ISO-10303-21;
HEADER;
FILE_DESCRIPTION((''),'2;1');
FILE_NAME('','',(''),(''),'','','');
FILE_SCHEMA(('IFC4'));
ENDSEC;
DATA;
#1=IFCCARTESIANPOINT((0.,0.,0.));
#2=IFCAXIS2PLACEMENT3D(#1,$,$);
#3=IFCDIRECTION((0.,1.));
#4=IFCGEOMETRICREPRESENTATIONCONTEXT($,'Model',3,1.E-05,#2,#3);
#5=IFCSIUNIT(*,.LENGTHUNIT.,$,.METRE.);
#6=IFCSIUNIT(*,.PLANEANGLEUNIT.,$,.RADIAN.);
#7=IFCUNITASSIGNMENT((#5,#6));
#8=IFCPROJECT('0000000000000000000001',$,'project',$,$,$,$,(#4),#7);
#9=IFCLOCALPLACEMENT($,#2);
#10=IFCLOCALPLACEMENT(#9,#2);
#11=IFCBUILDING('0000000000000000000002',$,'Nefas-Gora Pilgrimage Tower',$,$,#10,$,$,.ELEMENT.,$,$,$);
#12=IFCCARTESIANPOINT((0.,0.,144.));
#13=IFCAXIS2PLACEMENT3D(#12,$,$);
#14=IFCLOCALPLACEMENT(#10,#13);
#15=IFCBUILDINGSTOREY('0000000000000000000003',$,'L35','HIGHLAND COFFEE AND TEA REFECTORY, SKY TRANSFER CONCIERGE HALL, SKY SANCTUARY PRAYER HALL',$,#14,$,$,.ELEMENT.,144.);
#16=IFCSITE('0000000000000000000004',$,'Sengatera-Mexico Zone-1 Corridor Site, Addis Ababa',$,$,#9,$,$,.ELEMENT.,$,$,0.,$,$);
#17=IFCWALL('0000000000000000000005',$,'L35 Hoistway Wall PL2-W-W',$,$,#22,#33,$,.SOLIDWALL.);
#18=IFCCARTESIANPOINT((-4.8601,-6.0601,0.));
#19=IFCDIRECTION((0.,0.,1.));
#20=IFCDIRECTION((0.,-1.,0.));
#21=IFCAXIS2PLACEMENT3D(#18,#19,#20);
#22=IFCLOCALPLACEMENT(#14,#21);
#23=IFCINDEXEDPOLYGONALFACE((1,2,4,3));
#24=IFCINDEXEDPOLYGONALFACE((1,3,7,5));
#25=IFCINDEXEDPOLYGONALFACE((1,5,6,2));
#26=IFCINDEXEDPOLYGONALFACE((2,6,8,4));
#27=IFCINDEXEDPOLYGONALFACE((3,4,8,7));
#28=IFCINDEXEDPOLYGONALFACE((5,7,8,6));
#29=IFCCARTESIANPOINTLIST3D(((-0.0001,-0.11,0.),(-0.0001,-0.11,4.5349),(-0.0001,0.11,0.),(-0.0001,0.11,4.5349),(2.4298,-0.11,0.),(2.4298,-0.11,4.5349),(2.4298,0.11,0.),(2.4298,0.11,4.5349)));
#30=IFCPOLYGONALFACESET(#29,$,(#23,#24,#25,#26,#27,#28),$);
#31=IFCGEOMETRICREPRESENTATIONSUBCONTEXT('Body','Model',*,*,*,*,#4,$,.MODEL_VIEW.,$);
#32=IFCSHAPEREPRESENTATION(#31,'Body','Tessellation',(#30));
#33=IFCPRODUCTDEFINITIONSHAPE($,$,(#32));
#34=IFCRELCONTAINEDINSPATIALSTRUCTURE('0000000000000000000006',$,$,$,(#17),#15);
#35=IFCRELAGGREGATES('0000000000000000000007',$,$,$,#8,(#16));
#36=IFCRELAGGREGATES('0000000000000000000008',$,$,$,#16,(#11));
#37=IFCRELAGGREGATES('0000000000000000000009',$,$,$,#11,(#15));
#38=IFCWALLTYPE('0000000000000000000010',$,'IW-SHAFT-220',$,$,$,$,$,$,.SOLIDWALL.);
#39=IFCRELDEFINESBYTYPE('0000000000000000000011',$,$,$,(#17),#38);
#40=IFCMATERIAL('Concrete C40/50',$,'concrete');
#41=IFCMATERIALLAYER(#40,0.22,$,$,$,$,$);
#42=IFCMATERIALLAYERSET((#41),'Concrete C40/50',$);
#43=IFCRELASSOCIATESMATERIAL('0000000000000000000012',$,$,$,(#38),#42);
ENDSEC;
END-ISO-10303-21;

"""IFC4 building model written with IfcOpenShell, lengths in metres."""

from ifc_helpers import new_model, si_unit, direction, frame, frame_2d, origin, place, context, subcontext, project, spatial, rectangle, extrude, source, transform, mapped, material, layer, layer_set, type_object, element, save


model = new_model("IFC4")

# Units and contexts
model_context = context("Model", 3, precision=1e-05, world=origin(), true_north=direction((0.0, 1.0)))
body_context = subcontext(model_context, "Body", "Model", "MODEL_VIEW")
ifc_project = project(units=[si_unit("LENGTHUNIT", "METRE"), si_unit("PLANEANGLEUNIT", "RADIAN")], contexts=[model_context])

# Site, building, storey
site_placement = place(None, origin())
site = spatial("IfcSite", under=ifc_project, at=site_placement, Name="Sengatera-Mexico Zone-1 Corridor Site, Addis Ababa", CompositionType="ELEMENT", RefElevation=0.0)
building_placement = place(site_placement, origin())
building = spatial("IfcBuilding", under=site, at=building_placement, Name="Nefas-Gora Pilgrimage Tower", CompositionType="ELEMENT")
storey_placement = place(building_placement, frame((0.0, 0.0, 144.0)))
storey = spatial("IfcBuildingStorey", under=building, at=storey_placement, Name="L35", Description="HIGHLAND COFFEE AND TEA REFECTORY, SKY TRANSFER CONCIERGE HALL, SKY SANCTUARY PRAYER HALL", CompositionType="ELEMENT", Elevation=144.0)

# Shared definitions
ifc_material_1 = material(Name="Concrete C40/50", Category="concrete")
ifc_layer_1 = layer(ifc_material_1, 0.22)
ifc_layer_set_1 = layer_set([ifc_layer_1], Name="Concrete C40/50")
wall_type_1 = type_object("IfcWallType", Name="IW-SHAFT-220", PredefinedType="SOLIDWALL", material=ifc_layer_set_1)

# Wall
shared_shape_1 = source(origin(), body_context, "Body", "SweptSolid", [
    extrude(rectangle(XDim=2.4299, YDim=0.22, at=frame_2d((1.2148, 0.0))), origin(), (0.0, 0.0, 1.0), 4.5349),
])
for number, where, z_axis, x_axis, name in (
    (1, (-4.8601, -6.0601, 0.0), (0.0, 0.0, 1.0), (0.0, -1.0, 0.0), "L35 Hoistway Wall PL2-W-W"),
):
    element("IfcWall", number, at=place(storey_placement, frame(where, z_axis=z_axis, x_axis=x_axis)), inside=storey, type_object=wall_type_1, Name=name, PredefinedType="SOLIDWALL", context=body_context, shape_type="MappedRepresentation", body=[
        mapped(shared_shape_1, transform((0.0, 0.0, 0.0), x_axis=(1.0, 0.0, 0.0), y_axis=(0.0, 1.0, 0.0), z_axis=(0.0, 0.0, 1.0), scale=1.0)),
    ])

save(model, "model.ifc")
